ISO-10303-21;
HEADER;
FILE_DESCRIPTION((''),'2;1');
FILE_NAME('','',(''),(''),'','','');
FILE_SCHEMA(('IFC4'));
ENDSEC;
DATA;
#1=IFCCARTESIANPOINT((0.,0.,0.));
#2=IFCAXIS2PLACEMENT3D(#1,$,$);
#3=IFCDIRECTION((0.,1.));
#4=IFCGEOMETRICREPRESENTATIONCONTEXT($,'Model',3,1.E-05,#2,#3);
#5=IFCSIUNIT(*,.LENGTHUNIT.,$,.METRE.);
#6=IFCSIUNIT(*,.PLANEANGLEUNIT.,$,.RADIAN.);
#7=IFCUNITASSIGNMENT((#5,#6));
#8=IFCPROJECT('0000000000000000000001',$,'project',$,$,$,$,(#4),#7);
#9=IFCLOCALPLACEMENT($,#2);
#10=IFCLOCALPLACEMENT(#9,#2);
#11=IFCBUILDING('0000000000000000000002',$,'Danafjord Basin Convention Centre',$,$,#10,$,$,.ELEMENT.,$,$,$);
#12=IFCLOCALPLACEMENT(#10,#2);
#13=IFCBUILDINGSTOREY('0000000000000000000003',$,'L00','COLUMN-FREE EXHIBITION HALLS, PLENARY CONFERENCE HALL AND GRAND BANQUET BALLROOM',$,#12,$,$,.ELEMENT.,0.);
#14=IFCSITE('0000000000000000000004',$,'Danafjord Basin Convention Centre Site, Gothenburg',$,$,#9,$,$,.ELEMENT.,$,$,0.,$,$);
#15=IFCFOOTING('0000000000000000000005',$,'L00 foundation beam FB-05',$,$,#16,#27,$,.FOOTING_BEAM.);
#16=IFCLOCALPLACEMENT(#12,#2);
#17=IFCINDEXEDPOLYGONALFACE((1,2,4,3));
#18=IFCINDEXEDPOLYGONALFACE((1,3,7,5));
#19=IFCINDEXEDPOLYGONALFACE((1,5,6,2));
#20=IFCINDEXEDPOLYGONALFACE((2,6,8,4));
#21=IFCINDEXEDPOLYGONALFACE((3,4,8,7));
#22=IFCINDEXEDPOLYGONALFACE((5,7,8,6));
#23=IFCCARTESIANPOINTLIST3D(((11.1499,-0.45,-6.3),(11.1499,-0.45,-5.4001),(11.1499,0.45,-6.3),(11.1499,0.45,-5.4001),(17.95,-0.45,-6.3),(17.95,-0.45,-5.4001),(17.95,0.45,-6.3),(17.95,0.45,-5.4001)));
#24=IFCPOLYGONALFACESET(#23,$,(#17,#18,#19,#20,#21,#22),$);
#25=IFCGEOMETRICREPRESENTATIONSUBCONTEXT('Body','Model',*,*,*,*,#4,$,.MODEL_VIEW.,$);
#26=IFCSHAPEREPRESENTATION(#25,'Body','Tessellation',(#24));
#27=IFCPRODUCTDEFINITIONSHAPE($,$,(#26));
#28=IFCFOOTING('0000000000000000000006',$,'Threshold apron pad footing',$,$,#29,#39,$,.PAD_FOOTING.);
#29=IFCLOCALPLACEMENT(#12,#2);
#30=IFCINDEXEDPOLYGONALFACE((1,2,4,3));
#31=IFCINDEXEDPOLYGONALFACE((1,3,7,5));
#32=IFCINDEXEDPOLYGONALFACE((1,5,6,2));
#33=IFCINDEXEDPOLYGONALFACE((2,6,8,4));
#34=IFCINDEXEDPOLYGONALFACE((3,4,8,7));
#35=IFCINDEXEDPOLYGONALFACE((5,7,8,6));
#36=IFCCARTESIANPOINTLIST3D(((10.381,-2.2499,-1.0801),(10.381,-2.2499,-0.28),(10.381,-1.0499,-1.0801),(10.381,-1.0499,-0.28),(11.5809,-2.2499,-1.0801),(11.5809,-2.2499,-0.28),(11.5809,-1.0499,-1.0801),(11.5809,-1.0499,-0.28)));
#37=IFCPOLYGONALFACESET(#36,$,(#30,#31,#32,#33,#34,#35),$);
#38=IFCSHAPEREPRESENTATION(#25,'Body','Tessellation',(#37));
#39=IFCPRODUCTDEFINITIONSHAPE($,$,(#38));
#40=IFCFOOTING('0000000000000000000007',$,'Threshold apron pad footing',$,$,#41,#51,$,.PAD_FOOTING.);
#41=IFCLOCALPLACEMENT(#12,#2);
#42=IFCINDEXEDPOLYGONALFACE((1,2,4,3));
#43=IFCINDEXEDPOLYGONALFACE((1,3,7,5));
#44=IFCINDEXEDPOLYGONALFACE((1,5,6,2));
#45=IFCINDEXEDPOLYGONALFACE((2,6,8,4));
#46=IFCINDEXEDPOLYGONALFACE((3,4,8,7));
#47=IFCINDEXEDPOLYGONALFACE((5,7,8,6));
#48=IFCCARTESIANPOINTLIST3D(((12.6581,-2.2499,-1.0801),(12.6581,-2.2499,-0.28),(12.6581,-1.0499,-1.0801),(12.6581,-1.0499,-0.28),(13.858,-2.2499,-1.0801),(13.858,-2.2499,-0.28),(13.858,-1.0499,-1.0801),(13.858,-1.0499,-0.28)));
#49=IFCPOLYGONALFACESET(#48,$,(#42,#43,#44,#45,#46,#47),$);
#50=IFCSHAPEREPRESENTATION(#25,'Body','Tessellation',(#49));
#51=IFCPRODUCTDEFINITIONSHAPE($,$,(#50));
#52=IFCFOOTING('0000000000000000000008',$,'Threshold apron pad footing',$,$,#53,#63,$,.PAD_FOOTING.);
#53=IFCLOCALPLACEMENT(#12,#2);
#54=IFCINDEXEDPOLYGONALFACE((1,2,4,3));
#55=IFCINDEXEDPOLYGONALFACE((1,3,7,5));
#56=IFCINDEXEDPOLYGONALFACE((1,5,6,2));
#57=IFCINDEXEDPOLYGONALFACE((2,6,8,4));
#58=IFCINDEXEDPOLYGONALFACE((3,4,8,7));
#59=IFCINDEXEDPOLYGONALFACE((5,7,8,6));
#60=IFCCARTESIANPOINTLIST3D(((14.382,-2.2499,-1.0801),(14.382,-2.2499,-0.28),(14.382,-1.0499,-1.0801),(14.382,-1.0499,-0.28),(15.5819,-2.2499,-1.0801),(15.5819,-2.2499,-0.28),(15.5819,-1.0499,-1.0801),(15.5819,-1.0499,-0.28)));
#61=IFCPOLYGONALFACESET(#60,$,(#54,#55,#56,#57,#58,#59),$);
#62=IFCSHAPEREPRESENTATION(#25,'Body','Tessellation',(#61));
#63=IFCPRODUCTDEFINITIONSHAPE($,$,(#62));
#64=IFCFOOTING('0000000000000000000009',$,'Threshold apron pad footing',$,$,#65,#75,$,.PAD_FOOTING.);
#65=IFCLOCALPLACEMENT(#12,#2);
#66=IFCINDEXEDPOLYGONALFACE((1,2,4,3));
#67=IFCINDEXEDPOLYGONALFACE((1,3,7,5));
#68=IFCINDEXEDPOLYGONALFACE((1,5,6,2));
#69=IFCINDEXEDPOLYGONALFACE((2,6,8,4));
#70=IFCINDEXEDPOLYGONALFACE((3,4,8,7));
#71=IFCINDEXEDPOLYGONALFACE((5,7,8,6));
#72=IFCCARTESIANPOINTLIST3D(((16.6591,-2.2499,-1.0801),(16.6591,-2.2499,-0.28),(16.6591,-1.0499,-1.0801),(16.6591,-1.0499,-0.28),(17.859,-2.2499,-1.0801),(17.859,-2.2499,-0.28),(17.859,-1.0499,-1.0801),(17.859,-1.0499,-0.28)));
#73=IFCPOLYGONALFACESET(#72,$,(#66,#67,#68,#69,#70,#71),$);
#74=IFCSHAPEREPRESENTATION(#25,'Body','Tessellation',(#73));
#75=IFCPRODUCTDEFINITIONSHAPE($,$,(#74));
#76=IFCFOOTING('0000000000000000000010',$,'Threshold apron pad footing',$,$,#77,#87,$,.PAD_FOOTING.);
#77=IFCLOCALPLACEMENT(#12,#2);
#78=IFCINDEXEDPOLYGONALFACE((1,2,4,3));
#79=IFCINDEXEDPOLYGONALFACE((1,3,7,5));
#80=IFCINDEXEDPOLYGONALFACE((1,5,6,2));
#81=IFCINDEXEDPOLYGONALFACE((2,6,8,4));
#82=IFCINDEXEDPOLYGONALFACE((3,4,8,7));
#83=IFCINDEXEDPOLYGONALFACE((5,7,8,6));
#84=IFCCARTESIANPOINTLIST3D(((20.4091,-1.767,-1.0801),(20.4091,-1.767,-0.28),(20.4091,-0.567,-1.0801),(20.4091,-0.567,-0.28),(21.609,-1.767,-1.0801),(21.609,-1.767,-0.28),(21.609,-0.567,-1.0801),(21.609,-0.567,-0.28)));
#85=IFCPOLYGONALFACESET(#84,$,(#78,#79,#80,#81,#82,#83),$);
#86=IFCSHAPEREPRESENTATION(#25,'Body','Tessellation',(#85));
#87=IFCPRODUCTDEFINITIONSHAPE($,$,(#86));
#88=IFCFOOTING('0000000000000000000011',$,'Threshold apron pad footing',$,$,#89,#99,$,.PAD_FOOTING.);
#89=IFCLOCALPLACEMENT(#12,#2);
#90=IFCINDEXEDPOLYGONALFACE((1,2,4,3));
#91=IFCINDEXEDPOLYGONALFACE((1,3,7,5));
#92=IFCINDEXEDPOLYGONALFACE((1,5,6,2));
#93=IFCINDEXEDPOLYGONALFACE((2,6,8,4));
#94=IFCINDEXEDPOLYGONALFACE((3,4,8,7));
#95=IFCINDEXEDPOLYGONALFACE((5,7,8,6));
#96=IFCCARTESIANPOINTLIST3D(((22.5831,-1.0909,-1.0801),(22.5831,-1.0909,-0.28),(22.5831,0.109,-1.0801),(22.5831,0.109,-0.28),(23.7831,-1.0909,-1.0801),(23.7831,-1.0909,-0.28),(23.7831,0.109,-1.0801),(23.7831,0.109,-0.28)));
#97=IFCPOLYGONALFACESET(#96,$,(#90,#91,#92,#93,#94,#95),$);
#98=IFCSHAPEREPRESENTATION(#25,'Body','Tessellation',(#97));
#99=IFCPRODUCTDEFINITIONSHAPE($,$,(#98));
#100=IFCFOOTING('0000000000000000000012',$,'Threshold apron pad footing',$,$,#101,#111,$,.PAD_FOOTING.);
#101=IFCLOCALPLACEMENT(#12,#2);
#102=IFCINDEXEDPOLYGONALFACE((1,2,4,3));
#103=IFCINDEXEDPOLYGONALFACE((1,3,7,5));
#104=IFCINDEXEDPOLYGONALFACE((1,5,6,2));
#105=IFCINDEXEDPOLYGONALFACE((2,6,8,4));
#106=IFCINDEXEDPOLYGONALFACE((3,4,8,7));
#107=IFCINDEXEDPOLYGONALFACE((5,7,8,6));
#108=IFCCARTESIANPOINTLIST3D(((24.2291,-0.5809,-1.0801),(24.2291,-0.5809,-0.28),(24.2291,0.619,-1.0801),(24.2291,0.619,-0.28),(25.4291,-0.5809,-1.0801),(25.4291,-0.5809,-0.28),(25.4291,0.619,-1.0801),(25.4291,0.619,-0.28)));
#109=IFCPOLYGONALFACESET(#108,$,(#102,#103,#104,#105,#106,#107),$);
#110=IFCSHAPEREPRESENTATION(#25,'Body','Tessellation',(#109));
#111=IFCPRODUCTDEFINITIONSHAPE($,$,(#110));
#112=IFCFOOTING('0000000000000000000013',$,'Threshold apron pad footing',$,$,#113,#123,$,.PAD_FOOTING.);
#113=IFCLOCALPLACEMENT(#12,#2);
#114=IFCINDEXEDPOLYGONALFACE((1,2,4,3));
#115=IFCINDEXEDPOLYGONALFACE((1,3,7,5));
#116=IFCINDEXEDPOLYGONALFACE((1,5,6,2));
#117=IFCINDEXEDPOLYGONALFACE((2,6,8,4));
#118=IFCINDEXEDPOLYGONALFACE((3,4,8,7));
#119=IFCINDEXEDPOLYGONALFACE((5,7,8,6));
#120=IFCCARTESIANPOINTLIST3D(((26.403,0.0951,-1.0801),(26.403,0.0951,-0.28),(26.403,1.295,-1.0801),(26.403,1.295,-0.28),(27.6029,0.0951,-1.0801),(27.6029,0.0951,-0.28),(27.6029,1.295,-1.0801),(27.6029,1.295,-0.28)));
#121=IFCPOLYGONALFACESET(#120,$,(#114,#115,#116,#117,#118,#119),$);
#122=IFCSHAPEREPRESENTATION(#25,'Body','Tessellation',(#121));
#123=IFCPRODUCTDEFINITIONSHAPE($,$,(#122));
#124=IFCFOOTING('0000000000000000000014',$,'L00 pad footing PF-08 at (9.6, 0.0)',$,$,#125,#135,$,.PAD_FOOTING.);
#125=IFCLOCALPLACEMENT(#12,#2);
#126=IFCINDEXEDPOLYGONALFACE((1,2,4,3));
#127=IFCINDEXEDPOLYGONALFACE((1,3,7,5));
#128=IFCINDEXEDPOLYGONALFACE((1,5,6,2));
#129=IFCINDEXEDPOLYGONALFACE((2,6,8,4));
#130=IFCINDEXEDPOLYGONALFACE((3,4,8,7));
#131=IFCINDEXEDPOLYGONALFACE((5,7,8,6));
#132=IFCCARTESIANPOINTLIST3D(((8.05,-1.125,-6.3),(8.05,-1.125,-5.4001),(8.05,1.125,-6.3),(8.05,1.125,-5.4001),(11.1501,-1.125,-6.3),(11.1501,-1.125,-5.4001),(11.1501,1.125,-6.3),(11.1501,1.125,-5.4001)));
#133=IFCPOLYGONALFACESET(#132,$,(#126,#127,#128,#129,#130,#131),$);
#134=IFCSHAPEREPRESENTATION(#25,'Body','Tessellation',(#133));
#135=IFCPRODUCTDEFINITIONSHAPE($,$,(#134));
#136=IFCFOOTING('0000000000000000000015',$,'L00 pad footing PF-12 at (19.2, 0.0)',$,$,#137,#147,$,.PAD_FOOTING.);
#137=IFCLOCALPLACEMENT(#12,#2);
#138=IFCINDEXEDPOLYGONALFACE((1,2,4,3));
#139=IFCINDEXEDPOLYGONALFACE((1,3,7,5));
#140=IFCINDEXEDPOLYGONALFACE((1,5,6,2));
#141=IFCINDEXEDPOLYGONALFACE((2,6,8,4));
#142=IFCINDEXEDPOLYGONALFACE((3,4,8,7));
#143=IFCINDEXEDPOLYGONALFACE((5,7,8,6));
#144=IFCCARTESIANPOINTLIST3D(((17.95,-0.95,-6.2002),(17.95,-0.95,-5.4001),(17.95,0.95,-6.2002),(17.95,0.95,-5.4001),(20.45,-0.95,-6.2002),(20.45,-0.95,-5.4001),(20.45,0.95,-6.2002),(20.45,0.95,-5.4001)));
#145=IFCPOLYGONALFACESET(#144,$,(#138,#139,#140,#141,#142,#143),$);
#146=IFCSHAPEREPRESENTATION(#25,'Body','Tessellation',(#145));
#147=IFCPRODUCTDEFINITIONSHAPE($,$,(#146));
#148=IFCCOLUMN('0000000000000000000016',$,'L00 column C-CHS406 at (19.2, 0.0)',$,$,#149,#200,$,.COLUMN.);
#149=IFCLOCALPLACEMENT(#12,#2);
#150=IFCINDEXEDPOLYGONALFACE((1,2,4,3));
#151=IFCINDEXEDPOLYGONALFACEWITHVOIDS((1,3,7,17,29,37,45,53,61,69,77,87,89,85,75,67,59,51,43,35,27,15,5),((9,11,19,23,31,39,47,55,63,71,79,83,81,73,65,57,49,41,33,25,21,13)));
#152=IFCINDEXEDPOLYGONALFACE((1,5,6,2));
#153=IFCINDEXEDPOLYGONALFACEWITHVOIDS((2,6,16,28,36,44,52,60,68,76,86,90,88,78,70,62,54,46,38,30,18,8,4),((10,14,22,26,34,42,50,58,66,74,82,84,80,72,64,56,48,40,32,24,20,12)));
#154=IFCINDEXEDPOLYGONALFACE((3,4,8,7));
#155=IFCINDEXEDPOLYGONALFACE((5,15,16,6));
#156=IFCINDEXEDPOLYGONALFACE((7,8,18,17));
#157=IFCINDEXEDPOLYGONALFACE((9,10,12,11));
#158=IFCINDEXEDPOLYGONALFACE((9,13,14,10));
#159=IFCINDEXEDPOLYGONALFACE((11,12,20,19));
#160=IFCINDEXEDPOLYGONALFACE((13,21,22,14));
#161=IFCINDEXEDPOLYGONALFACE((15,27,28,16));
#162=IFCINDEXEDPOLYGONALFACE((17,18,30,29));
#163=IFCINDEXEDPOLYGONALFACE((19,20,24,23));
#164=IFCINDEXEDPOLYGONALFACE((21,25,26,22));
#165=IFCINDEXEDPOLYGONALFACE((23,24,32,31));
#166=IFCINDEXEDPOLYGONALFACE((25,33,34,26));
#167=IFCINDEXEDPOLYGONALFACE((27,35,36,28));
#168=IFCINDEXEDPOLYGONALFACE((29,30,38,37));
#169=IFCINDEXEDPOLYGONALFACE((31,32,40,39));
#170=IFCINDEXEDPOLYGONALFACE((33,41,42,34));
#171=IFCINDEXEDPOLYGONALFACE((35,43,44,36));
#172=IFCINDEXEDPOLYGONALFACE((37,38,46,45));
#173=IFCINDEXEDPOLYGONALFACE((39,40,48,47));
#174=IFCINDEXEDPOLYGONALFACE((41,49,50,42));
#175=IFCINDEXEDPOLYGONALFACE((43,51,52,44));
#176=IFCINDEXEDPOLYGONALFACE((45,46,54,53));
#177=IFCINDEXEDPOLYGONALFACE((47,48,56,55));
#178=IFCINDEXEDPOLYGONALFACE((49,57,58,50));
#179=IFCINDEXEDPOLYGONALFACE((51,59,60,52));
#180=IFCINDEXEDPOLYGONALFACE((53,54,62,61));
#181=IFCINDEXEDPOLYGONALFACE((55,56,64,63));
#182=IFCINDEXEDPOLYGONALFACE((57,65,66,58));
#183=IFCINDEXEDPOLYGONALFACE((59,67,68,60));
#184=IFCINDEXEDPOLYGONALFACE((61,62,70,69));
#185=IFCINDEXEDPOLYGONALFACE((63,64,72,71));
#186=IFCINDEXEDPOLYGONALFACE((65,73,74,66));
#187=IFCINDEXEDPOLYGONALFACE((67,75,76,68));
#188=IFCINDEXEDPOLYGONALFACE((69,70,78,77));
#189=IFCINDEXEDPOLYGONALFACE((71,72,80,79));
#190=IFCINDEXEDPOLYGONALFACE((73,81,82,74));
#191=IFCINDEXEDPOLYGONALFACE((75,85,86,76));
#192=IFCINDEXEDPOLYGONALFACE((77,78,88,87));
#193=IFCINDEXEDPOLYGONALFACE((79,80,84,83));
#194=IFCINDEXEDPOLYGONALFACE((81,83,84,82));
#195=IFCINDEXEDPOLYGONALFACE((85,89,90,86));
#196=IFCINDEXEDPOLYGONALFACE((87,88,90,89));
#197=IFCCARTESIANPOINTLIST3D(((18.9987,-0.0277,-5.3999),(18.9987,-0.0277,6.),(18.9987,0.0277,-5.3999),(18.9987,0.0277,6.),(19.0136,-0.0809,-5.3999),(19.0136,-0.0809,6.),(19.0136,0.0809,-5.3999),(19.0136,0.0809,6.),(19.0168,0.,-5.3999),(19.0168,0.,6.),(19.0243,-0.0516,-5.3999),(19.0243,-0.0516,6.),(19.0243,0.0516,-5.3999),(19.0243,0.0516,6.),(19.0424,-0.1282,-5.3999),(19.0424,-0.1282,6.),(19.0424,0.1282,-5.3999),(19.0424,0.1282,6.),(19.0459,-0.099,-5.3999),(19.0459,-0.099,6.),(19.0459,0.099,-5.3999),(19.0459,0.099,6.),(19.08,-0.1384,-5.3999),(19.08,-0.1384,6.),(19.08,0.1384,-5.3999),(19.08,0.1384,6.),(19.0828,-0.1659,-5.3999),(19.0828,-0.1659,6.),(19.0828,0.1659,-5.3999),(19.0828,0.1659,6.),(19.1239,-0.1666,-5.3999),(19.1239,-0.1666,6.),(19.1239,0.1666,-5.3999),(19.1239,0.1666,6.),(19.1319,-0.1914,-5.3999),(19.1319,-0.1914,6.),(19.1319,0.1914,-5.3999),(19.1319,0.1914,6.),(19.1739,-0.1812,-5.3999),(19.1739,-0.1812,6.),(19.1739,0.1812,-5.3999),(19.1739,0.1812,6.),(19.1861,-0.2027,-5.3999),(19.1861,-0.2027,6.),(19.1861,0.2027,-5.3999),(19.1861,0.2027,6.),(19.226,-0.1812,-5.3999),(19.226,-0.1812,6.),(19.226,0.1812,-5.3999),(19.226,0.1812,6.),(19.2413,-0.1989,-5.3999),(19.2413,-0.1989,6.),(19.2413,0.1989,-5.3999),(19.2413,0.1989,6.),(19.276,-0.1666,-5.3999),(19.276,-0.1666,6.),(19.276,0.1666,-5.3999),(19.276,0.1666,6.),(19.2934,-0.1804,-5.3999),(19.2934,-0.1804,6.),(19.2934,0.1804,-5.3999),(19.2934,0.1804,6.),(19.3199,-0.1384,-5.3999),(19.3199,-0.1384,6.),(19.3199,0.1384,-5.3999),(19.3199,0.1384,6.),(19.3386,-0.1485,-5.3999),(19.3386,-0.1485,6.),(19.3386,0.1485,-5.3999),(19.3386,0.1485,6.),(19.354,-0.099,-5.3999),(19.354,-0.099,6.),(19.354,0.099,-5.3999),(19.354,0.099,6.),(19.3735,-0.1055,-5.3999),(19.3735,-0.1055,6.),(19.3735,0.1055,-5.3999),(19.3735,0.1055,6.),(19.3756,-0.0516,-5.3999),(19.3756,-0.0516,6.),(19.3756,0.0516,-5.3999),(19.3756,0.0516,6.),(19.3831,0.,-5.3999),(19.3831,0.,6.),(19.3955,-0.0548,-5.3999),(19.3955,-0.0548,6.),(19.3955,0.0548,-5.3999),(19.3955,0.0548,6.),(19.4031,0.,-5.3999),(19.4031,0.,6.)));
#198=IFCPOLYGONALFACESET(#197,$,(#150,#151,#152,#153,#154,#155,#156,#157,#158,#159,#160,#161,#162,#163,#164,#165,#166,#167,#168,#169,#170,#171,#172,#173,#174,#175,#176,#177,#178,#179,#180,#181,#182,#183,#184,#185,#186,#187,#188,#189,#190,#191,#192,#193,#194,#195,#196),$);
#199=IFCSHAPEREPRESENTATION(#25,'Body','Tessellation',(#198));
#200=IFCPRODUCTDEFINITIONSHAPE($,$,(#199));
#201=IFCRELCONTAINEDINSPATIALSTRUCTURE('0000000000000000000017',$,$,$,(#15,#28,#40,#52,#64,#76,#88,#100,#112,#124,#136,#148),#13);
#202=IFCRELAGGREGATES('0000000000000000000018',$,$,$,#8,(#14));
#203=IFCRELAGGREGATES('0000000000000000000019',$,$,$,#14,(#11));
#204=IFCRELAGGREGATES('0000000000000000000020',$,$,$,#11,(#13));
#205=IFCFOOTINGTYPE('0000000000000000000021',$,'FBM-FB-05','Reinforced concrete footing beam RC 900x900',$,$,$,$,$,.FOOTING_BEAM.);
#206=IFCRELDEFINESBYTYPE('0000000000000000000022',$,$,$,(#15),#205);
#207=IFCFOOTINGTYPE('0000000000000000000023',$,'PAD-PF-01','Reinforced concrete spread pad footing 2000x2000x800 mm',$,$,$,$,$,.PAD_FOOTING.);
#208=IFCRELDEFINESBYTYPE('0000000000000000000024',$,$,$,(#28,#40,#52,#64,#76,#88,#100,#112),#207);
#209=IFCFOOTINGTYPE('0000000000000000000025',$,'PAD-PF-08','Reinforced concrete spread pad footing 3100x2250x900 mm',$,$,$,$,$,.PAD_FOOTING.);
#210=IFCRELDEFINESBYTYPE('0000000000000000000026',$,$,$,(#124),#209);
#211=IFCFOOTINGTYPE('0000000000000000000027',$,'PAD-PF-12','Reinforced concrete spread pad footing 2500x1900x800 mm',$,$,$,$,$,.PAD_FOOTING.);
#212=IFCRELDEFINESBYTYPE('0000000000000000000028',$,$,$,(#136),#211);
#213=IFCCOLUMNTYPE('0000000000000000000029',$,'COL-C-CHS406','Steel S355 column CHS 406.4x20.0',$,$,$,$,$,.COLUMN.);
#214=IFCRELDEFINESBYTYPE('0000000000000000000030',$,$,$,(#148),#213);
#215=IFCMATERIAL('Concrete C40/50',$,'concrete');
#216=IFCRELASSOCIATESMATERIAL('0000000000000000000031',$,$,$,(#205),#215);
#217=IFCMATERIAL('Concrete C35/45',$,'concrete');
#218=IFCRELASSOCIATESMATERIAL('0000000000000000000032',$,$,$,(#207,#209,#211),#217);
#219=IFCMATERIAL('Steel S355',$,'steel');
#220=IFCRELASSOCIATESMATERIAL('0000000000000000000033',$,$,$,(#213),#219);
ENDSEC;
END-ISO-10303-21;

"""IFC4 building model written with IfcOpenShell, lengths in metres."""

from ifc_helpers import new_model, si_unit, direction, frame, origin, origin_2d, place, context, subcontext, project, spatial, rectangle, hollow_circle, extrude, material, material_profile, profile_set, type_object, element, save


model = new_model("IFC4")

# Units and contexts
model_context = context("Model", 3, precision=1e-05, world=origin(), true_north=direction((0.0, 1.0)))
body_context = subcontext(model_context, "Body", "Model", "MODEL_VIEW")
ifc_project = project(units=[si_unit("LENGTHUNIT", "METRE"), si_unit("PLANEANGLEUNIT", "RADIAN")], contexts=[model_context])

# Site, building, storey
site_placement = place(None, origin())
site = spatial("IfcSite", under=ifc_project, at=site_placement, Name="Danafjord Basin Convention Centre Site, Gothenburg", CompositionType="ELEMENT", RefElevation=0.0)
building_placement = place(site_placement, origin())
building = spatial("IfcBuilding", under=site, at=building_placement, Name="Danafjord Basin Convention Centre", CompositionType="ELEMENT")
storey_placement = place(building_placement, origin())
storey = spatial("IfcBuildingStorey", under=building, at=storey_placement, Name="L00", Description="COLUMN-FREE EXHIBITION HALLS, PLENARY CONFERENCE HALL AND GRAND BANQUET BALLROOM", CompositionType="ELEMENT", Elevation=0.0)

# Footings
ifc_material_1 = material(Name="Concrete C40/50", Category="concrete")
ifc_material_profile_1 = material_profile(ifc_material_1, rectangle(XDim=0.8999, YDim=0.8999, at=origin_2d()), Name="RC 900x900")
ifc_profile_set_1 = profile_set([ifc_material_profile_1], Name="Concrete C40/50")
footing_type_1 = type_object("IfcFootingType", Name="FBM-FB-05", Description="Reinforced concrete footing beam RC 900x900", PredefinedType="FOOTING_BEAM", material=ifc_profile_set_1)
footing_1_placement = place(storey_placement, frame((11.1499, 0.0, -5.8501), z_axis=(1.0, 0.0, 0.0), x_axis=(0.0, 1.0, 0.0)))
element("IfcFooting", 1, at=footing_1_placement, inside=storey, type_object=footing_type_1, Name="L00 foundation beam FB-05", PredefinedType="FOOTING_BEAM", context=body_context, shape_type="SweptSolid", body=[
    extrude(rectangle(XDim=0.8999, YDim=0.8999, at=origin_2d()), origin(), (0.0, 0.0, 1.0), 6.8),
])
ifc_material_2 = material(Name="Concrete C35/45", Category="concrete")
footing_type_2 = type_object("IfcFootingType", Name="PAD-PF-01", Description="Reinforced concrete spread pad footing 2000x2000x800 mm", PredefinedType="PAD_FOOTING", material=ifc_material_2)
for number, where, z_axis, x_axis, name in (
    (2, (10.981, -1.6499, -1.0801), (0.0, 0.0, 1.0), (1.0, 0.0, 0.0), "Threshold apron pad footing"),
    (3, (13.2581, -1.6499, -1.0801), (0.0, 0.0, 1.0), (1.0, 0.0, 0.0), "Threshold apron pad footing"),
    (4, (14.9819, -1.6499, -1.0801), (0.0, 0.0, 1.0), (1.0, 0.0, 0.0), "Threshold apron pad footing"),
    (5, (17.259, -1.6499, -1.0801), (0.0, 0.0, 1.0), (1.0, 0.0, 0.0), "Threshold apron pad footing"),
    (6, (21.009, -1.167, -1.0801), (0.0, 0.0, 1.0), (1.0, 0.0, 0.0), "Threshold apron pad footing"),
    (7, (23.1831, -0.491, -1.0801), (0.0, 0.0, 1.0), (1.0, 0.0, 0.0), "Threshold apron pad footing"),
    (8, (24.8291, 0.019, -1.0801), (0.0, 0.0, 1.0), (1.0, 0.0, 0.0), "Threshold apron pad footing"),
    (9, (27.0029, 0.6951, -1.0801), (0.0, 0.0, 1.0), (1.0, 0.0, 0.0), "Threshold apron pad footing"),
):
    element("IfcFooting", number, at=place(storey_placement, frame(where, z_axis=z_axis, x_axis=x_axis)), inside=storey, type_object=footing_type_2, Name=name, PredefinedType="PAD_FOOTING", context=body_context, shape_type="SweptSolid", body=[
        extrude(rectangle(XDim=1.2, YDim=1.2, at=origin_2d()), origin(), (0.0, 0.0, 1.0), 0.8),
    ])
footing_type_3 = type_object("IfcFootingType", Name="PAD-PF-08", Description="Reinforced concrete spread pad footing 3100x2250x900 mm", PredefinedType="PAD_FOOTING", material=ifc_material_2)
footing_2_placement = place(storey_placement, frame((9.6001, 0.0, -6.3), z_axis=(0.0, 0.0, 1.0), x_axis=(1.0, 0.0, 0.0)))
element("IfcFooting", 10, at=footing_2_placement, inside=storey, type_object=footing_type_3, Name="L00 pad footing PF-08 at (9.6, 0.0)", PredefinedType="PAD_FOOTING", context=body_context, shape_type="SweptSolid", body=[
    extrude(rectangle(XDim=3.1001, YDim=2.25, at=origin_2d()), origin(), (0.0, 0.0, 1.0), 0.8999),
])
footing_type_4 = type_object("IfcFootingType", Name="PAD-PF-12", Description="Reinforced concrete spread pad footing 2500x1900x800 mm", PredefinedType="PAD_FOOTING", material=ifc_material_2)
footing_3_placement = place(storey_placement, frame((19.2, 0.0, -6.2002), z_axis=(0.0, 0.0, 1.0), x_axis=(1.0, 0.0, 0.0)))
element("IfcFooting", 11, at=footing_3_placement, inside=storey, type_object=footing_type_4, Name="L00 pad footing PF-12 at (19.2, 0.0)", PredefinedType="PAD_FOOTING", context=body_context, shape_type="SweptSolid", body=[
    extrude(rectangle(XDim=2.5, YDim=1.8999, at=origin_2d()), origin(), (0.0, 0.0, 1.0), 0.8),
])

# Column
ifc_material_3 = material(Name="Steel S355", Category="steel")
ifc_material_profile_2 = material_profile(ifc_material_3, hollow_circle(Radius=0.2031, WallThickness=0.02, at=origin_2d()), Name="CHS 406.4x20.0")
ifc_profile_set_2 = profile_set([ifc_material_profile_2], Name="Steel S355")
column_type_1 = type_object("IfcColumnType", Name="COL-C-CHS406", Description="Steel S355 column CHS 406.4x20.0", PredefinedType="COLUMN", material=ifc_profile_set_2)
column_1_placement = place(storey_placement, frame((19.2, 0.0, -5.3999), z_axis=(0.0, 0.0, 1.0), x_axis=(1.0, 0.0, 0.0)))
element("IfcColumn", 12, at=column_1_placement, inside=storey, type_object=column_type_1, Name="L00 column C-CHS406 at (19.2, 0.0)", PredefinedType="COLUMN", context=body_context, shape_type="SweptSolid", body=[
    extrude(hollow_circle(Radius=0.2031, WallThickness=0.02, at=origin_2d()), origin(), (0.0, 0.0, 1.0), 11.3999),
])

save(model, "model.ifc")
